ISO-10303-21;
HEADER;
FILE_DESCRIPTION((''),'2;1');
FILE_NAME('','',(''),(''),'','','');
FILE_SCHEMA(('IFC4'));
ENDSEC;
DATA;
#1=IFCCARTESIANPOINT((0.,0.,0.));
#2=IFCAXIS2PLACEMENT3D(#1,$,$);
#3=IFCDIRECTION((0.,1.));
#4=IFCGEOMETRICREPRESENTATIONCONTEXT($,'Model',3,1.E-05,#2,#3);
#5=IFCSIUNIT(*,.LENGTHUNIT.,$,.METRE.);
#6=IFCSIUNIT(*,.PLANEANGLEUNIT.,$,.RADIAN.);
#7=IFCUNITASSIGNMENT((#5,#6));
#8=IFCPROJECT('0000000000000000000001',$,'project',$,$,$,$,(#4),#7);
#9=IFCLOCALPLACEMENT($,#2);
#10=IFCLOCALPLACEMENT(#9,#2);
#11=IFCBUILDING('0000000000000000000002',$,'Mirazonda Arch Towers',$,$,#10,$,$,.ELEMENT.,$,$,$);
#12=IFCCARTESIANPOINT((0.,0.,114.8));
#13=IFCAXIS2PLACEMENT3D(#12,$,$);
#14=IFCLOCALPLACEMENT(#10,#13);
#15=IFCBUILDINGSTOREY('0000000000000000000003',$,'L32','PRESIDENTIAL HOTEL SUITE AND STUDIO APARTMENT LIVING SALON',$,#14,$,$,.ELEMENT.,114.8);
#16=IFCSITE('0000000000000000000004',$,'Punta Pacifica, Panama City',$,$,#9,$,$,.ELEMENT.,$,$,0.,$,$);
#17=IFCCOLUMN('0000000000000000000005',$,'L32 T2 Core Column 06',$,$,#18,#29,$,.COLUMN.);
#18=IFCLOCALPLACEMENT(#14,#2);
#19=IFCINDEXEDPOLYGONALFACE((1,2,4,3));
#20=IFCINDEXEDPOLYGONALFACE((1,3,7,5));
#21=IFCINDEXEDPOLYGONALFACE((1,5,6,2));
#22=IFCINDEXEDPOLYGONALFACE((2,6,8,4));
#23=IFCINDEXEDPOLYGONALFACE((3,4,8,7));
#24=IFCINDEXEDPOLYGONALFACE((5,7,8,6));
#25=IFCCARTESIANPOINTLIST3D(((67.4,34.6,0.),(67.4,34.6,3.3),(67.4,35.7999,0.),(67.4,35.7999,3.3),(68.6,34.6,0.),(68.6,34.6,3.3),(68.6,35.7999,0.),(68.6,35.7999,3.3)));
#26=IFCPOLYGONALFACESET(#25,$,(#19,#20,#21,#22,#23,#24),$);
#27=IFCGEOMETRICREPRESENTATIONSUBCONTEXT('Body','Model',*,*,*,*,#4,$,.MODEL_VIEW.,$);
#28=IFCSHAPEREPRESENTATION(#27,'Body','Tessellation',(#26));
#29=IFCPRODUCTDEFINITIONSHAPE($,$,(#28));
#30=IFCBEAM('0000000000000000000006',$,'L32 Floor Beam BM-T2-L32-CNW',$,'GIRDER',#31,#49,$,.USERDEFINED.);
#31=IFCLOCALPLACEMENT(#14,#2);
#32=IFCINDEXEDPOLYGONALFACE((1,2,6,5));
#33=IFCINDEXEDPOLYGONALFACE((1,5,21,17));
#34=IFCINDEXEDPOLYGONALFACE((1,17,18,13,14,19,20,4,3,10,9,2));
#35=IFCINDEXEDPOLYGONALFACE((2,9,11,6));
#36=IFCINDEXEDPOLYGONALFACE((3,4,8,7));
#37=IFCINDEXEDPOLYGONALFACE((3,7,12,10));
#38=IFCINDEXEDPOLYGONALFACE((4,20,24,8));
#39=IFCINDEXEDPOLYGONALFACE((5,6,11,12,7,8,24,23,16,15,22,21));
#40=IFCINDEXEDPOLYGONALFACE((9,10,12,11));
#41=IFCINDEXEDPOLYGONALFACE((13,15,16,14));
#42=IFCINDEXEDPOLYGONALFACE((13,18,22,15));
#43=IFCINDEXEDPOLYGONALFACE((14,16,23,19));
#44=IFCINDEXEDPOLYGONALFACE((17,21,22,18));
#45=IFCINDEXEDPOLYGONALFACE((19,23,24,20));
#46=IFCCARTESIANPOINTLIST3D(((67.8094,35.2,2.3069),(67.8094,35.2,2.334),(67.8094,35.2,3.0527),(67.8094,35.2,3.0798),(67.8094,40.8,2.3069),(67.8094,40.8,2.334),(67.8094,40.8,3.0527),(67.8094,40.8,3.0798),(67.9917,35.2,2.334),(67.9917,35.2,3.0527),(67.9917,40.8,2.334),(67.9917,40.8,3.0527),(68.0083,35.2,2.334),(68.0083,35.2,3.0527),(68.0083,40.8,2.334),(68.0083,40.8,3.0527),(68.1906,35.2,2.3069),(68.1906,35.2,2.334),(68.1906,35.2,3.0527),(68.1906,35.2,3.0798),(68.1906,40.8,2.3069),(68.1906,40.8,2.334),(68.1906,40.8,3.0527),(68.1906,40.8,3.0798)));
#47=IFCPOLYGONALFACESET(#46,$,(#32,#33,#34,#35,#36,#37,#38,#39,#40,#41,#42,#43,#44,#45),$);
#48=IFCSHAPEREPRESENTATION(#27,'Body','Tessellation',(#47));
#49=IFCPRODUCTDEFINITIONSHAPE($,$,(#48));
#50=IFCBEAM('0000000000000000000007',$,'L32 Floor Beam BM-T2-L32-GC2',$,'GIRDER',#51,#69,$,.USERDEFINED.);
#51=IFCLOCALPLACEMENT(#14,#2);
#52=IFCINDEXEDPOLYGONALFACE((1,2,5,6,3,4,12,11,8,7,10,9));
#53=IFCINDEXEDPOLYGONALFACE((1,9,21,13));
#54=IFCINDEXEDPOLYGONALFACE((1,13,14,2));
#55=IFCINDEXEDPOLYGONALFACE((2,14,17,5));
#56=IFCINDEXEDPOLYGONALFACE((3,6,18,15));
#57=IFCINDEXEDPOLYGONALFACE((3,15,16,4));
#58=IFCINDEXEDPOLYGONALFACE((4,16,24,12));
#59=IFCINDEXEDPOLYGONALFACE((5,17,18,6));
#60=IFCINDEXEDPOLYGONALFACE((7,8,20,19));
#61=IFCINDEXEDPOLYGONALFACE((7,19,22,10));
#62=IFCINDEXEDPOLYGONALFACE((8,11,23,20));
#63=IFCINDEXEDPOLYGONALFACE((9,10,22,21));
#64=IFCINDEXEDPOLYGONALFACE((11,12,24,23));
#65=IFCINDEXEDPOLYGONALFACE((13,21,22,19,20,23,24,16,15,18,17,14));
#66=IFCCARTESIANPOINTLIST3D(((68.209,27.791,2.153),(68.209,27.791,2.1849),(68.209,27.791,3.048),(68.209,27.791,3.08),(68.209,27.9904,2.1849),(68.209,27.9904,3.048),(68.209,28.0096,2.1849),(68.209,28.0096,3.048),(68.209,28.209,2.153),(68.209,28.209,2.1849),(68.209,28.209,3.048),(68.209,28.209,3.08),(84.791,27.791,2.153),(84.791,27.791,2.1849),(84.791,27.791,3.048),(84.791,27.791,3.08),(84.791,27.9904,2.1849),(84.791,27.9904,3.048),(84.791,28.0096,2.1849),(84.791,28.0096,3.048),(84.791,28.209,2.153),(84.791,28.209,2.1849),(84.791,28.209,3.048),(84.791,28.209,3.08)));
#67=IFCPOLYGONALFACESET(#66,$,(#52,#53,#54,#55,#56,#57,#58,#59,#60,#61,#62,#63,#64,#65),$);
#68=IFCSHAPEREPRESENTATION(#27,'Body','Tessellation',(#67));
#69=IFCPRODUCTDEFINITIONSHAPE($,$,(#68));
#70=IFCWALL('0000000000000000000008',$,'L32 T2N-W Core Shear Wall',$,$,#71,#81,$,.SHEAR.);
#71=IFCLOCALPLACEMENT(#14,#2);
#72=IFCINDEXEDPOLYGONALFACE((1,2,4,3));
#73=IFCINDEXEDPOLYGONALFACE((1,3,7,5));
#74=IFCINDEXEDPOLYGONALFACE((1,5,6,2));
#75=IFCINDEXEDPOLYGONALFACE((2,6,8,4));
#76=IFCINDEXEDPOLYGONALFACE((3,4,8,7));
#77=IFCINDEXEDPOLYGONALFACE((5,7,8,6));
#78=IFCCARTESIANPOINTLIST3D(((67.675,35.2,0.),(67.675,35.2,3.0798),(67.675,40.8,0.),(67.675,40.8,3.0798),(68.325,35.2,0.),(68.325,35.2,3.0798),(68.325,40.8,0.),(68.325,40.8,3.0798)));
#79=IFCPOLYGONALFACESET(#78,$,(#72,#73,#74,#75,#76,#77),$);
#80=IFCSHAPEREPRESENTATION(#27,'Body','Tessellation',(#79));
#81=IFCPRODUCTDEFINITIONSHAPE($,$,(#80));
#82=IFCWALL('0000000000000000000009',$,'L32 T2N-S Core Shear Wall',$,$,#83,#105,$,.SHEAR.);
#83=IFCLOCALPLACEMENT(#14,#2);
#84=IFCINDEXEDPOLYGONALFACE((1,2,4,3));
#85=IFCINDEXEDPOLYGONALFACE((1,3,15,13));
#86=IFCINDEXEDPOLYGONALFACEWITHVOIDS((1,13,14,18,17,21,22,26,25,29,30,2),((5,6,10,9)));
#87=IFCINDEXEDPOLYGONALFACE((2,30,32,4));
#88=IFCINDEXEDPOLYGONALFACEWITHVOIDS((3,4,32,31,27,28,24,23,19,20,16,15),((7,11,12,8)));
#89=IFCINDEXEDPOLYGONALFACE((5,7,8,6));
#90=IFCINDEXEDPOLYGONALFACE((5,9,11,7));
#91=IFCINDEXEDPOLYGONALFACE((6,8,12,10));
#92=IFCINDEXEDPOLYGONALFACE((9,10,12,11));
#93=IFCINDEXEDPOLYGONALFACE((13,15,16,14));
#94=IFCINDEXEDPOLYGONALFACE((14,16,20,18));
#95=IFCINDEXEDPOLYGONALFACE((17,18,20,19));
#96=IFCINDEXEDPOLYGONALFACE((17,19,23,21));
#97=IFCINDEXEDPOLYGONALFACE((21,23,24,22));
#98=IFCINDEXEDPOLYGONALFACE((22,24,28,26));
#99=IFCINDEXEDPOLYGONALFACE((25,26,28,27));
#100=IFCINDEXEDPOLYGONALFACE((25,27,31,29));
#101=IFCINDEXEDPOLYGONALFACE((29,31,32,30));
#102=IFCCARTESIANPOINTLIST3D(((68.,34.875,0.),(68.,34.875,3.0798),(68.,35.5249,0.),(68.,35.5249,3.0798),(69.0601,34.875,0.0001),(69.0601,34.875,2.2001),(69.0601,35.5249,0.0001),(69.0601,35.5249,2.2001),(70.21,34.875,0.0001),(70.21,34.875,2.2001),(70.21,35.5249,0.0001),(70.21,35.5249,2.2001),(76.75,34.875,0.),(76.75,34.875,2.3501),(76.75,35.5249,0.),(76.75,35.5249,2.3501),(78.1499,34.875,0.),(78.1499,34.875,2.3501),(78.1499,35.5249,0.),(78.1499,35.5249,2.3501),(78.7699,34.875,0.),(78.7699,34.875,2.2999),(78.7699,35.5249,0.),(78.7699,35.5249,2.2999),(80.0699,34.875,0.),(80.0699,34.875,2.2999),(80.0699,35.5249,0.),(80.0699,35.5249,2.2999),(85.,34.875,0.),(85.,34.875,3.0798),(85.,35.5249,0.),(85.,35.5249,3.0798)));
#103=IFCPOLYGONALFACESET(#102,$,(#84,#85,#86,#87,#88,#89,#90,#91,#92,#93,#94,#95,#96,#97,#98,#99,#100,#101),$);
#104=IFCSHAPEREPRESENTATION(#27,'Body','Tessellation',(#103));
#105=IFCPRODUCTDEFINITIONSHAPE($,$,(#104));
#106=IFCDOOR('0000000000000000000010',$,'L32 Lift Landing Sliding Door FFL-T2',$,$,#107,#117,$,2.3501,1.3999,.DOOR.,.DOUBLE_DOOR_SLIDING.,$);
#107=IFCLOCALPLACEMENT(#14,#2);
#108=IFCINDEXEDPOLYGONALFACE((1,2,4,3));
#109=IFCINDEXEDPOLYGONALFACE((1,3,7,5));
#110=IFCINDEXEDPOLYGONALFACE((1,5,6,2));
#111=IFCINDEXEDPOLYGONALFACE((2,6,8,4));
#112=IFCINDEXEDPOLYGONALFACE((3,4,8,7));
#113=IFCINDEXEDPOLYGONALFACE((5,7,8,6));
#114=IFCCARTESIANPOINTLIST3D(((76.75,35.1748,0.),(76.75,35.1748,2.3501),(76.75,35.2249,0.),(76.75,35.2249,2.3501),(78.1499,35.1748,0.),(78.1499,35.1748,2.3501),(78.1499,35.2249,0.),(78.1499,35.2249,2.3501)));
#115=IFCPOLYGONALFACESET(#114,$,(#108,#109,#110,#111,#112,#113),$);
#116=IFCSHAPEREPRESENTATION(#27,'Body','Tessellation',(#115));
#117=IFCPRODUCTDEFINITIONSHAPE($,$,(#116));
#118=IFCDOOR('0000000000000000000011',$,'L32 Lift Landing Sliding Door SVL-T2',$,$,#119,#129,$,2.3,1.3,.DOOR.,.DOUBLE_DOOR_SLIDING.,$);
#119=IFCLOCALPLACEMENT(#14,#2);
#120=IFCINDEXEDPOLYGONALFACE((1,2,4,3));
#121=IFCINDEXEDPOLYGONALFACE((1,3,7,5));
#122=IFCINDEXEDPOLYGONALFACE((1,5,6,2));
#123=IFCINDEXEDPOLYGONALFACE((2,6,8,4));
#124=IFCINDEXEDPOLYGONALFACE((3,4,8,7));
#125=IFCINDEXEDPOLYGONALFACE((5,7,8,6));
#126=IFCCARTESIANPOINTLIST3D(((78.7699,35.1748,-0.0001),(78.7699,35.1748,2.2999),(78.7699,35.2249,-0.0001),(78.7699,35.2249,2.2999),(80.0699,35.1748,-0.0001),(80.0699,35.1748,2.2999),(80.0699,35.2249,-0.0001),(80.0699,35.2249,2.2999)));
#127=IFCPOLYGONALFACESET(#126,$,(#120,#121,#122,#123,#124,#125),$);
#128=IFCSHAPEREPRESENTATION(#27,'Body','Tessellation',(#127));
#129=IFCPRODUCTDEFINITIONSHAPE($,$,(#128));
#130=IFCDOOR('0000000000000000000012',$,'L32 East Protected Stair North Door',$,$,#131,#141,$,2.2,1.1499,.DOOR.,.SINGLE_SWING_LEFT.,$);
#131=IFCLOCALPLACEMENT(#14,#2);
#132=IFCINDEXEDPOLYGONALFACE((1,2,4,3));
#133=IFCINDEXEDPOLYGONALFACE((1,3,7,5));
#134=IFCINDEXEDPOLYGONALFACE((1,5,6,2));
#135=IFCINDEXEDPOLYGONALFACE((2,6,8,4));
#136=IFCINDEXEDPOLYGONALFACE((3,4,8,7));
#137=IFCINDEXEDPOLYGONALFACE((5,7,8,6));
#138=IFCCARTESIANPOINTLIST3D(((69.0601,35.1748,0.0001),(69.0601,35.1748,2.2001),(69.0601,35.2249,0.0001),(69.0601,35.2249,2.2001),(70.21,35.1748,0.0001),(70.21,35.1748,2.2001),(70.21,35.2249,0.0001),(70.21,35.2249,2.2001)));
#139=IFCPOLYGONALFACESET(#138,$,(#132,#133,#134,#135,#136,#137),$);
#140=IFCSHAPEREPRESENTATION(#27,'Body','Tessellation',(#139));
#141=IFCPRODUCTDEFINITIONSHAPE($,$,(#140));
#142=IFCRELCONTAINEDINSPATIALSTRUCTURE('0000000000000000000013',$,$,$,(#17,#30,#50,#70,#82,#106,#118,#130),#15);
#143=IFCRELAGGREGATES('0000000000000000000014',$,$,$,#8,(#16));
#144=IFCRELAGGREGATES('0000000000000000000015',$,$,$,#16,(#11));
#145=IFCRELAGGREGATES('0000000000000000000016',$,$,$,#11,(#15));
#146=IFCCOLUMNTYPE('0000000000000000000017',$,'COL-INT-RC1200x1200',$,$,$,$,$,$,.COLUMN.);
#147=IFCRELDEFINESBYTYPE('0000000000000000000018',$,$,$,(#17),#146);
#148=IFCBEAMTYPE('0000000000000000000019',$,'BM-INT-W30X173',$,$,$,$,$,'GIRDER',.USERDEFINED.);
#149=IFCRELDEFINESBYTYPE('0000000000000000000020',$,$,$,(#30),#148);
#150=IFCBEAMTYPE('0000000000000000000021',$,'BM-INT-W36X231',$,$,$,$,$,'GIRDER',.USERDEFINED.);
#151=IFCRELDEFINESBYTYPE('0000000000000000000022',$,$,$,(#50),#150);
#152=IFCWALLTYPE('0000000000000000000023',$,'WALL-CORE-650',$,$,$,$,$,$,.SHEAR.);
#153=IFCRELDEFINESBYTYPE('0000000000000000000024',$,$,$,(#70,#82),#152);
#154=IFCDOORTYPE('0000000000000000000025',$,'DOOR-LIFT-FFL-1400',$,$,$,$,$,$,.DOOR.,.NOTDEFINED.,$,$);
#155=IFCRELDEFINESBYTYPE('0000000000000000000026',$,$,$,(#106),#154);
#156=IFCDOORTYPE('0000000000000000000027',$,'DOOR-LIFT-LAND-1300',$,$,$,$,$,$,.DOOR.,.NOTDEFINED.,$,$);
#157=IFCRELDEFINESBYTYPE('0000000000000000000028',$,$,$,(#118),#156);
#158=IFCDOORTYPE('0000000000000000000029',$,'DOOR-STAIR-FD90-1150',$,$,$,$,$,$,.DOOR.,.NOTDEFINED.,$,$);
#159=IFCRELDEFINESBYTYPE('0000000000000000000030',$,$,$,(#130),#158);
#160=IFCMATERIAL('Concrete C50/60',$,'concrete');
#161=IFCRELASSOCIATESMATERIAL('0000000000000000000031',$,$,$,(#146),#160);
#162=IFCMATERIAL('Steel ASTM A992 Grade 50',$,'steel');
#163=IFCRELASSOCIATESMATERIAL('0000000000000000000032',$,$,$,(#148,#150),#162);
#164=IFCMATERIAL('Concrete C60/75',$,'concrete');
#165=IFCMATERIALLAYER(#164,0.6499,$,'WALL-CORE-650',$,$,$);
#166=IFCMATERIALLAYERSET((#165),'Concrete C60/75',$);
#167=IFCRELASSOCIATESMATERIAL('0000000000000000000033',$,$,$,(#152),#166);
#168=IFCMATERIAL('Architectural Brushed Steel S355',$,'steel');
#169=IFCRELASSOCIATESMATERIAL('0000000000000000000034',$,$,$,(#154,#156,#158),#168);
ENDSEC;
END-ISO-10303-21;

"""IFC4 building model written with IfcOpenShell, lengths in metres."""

from ifc_helpers import new_model, si_unit, direction, frame, frame_2d, origin, origin_2d, place, context, subcontext, project, spatial, rectangle, i_section, extrude, material, layer, layer_set, material_profile, profile_set, type_object, element, fill, save


model = new_model("IFC4")

# Units and contexts
model_context = context("Model", 3, precision=1e-05, world=origin(), true_north=direction((0.0, 1.0)))
body_context = subcontext(model_context, "Body", "Model", "MODEL_VIEW")
ifc_project = project(units=[si_unit("LENGTHUNIT", "METRE"), si_unit("PLANEANGLEUNIT", "RADIAN")], contexts=[model_context])

# Site, building, storey
site_placement = place(None, origin())
site = spatial("IfcSite", under=ifc_project, at=site_placement, Name="Punta Pacifica, Panama City", CompositionType="ELEMENT", RefElevation=0.0)
building_placement = place(site_placement, origin())
building = spatial("IfcBuilding", under=site, at=building_placement, Name="Mirazonda Arch Towers", CompositionType="ELEMENT")
storey_placement = place(building_placement, frame((0.0, 0.0, 114.8)))
storey = spatial("IfcBuildingStorey", under=building, at=storey_placement, Name="L32", Description="PRESIDENTIAL HOTEL SUITE AND STUDIO APARTMENT LIVING SALON", CompositionType="ELEMENT", Elevation=114.8)

# Column
ifc_material_1 = material(Name="Concrete C50/60", Category="concrete")
ifc_material_profile_1 = material_profile(ifc_material_1, rectangle(XDim=1.2, YDim=1.2, at=origin_2d()), Name="RC1200x1200")
ifc_profile_set_1 = profile_set([ifc_material_profile_1], Name="Concrete C50/60")
column_type = type_object("IfcColumnType", Name="COL-INT-RC1200x1200", PredefinedType="COLUMN", material=ifc_profile_set_1)
column_placement = place(storey_placement, frame((68.0, 35.2, 0.0), z_axis=(0.0, 0.0, 1.0), x_axis=(1.0, 0.0, 0.0)))
element("IfcColumn", 1, at=column_placement, inside=storey, type_object=column_type, Name="L32 T2 Core Column 06", PredefinedType="COLUMN", context=body_context, shape_type="SweptSolid", body=[
    extrude(rectangle(XDim=1.2, YDim=1.2, at=origin_2d()), origin(), (0.0, 0.0, 1.0), 3.3),
])

# Beams
ifc_material_2 = material(Name="Steel ASTM A992 Grade 50", Category="steel")
ifc_material_profile_2 = material_profile(ifc_material_2, i_section(OverallWidth=0.3811, OverallDepth=0.7729, WebThickness=0.0166, FlangeThickness=0.0271, at=origin_2d()), Name="W30X173")
ifc_profile_set_2 = profile_set([ifc_material_profile_2], Name="Steel ASTM A992 Grade 50")
beam_type_1 = type_object("IfcBeamType", Name="BM-INT-W30X173", ElementType="GIRDER", PredefinedType="USERDEFINED", material=ifc_profile_set_2)
beam_1_placement = place(storey_placement, frame((68.0, 35.2, 2.6934), z_axis=(0.0, 1.0, 0.0), x_axis=(-1.0, 0.0, 0.0)))
element("IfcBeam", 2, at=beam_1_placement, inside=storey, type_object=beam_type_1, Name="L32 Floor Beam BM-T2-L32-CNW", ObjectType="GIRDER", PredefinedType="USERDEFINED", context=body_context, shape_type="SweptSolid", body=[
    extrude(i_section(OverallWidth=0.3811, OverallDepth=0.7729, WebThickness=0.0166, FlangeThickness=0.0271, at=origin_2d()), origin(), (0.0, 0.0, 1.0), 5.6001),
])
ifc_material_profile_3 = material_profile(ifc_material_2, i_section(OverallWidth=0.418, OverallDepth=0.927, WebThickness=0.0193, FlangeThickness=0.032, at=origin_2d()), Name="W36X231")
ifc_profile_set_3 = profile_set([ifc_material_profile_3], Name="Steel ASTM A992 Grade 50")
beam_type_2 = type_object("IfcBeamType", Name="BM-INT-W36X231", ElementType="GIRDER", PredefinedType="USERDEFINED", material=ifc_profile_set_3)
beam_2_placement = place(storey_placement, frame((68.209, 28.0, 2.6165), z_axis=(1.0, 0.0, 0.0), x_axis=(0.0, 1.0, 0.0)))
element("IfcBeam", 3, at=beam_2_placement, inside=storey, type_object=beam_type_2, Name="L32 Floor Beam BM-T2-L32-GC2", ObjectType="GIRDER", PredefinedType="USERDEFINED", context=body_context, shape_type="SweptSolid", body=[
    extrude(i_section(OverallWidth=0.418, OverallDepth=0.927, WebThickness=0.0193, FlangeThickness=0.032, at=origin_2d()), origin(), (0.0, 0.0, 1.0), 16.582),
])

# Wall
ifc_material_3 = material(Name="Concrete C60/75", Category="concrete")
ifc_layer_1 = layer(ifc_material_3, 0.6499, Name="WALL-CORE-650")
ifc_layer_set_1 = layer_set([ifc_layer_1], Name="Concrete C60/75")
wall_type_1 = type_object("IfcWallType", Name="WALL-CORE-650", PredefinedType="SHEAR", material=ifc_layer_set_1)
wall_1_placement = place(storey_placement, frame((68.0, 35.2, 0.0), z_axis=(0.0, 0.0, 1.0), x_axis=(0.0, 1.0, 0.0)))
element("IfcWall", 4, at=wall_1_placement, inside=storey, type_object=wall_type_1, Name="L32 T2N-W Core Shear Wall", PredefinedType="SHEAR", context=body_context, shape_type="SweptSolid", body=[
    extrude(rectangle(XDim=5.6001, YDim=0.6499, at=frame_2d((2.8, 0.0))), origin(), (0.0, 0.0, 1.0), 3.0798),
])

# Wall, openings, doors
wall_2_placement = place(storey_placement, frame((68.0, 35.2, 0.0), z_axis=(0.0, 0.0, 1.0), x_axis=(1.0, 0.0, 0.0)))
wall_2 = element("IfcWall", 5, at=wall_2_placement, inside=storey, type_object=wall_type_1, Name="L32 T2N-S Core Shear Wall", PredefinedType="SHEAR", context=body_context, shape_type="SweptSolid", body=[
    extrude(rectangle(XDim=17.0, YDim=0.6499, at=frame_2d((8.5, 0.0))), origin(), (0.0, 0.0, 1.0), 3.0798),
])
opening_1_placement = place(wall_2_placement, frame((1.0601, 0.0, 0.0)))
opening_1 = element("IfcOpeningElement", 6, at=opening_1_placement, cuts=wall_2, PredefinedType="OPENING", context=body_context, shape_type="SweptSolid", body=[
    extrude(rectangle(XDim=1.1499, YDim=2.2, at=frame_2d((0.575, 1.1001))), frame((0.0, 0.335, 0.0), z_axis=(0.0, -1.0, 0.0), x_axis=(1.0, 0.0, 0.0)), (0.0, 0.0, 1.0), 0.6699),
])
opening_2_placement = place(wall_2_placement, frame((8.75, 0.0, 0.0)))
opening_2 = element("IfcOpeningElement", 7, at=opening_2_placement, cuts=wall_2, PredefinedType="OPENING", context=body_context, shape_type="SweptSolid", body=[
    extrude(rectangle(XDim=1.3999, YDim=2.3501, at=frame_2d((0.7, 1.175))), frame((0.0, 0.335, 0.0), z_axis=(0.0, -1.0, 0.0), x_axis=(1.0, 0.0, 0.0)), (0.0, 0.0, 1.0), 0.6699),
])
opening_3_placement = place(wall_2_placement, frame((10.77, 0.0, 0.0)))
opening_3 = element("IfcOpeningElement", 8, at=opening_3_placement, cuts=wall_2, PredefinedType="OPENING", context=body_context, shape_type="SweptSolid", body=[
    extrude(rectangle(XDim=1.3, YDim=2.3, at=frame_2d((0.6499, 1.1499))), frame((0.0, 0.335, 0.0), z_axis=(0.0, -1.0, 0.0), x_axis=(1.0, 0.0, 0.0)), (0.0, 0.0, 1.0), 0.6699),
])
ifc_material_4 = material(Name="Architectural Brushed Steel S355", Category="steel")
door_type_1 = type_object("IfcDoorType", Name="DOOR-LIFT-FFL-1400", OperationType="NOTDEFINED", PredefinedType="DOOR", material=ifc_material_4)
door_1_placement = place(opening_2_placement, origin())
door_1 = element("IfcDoor", 9, at=door_1_placement, inside=storey, type_object=door_type_1, Name="L32 Lift Landing Sliding Door FFL-T2", OperationType="DOUBLE_DOOR_SLIDING", OverallHeight=2.3501, OverallWidth=1.3999, PredefinedType="DOOR", context=body_context, shape_type="SweptSolid", body=[
    extrude(rectangle(XDim=1.3999, YDim=2.3501, at=frame_2d((0.7, 1.175))), frame((0.0, 0.0249, 0.0), z_axis=(0.0, -1.0, 0.0), x_axis=(1.0, 0.0, 0.0)), (0.0, 0.0, 1.0), 0.05),
])
fill(opening_2, door_1)
door_type_2 = type_object("IfcDoorType", Name="DOOR-LIFT-LAND-1300", OperationType="NOTDEFINED", PredefinedType="DOOR", material=ifc_material_4)
door_2_placement = place(opening_3_placement, origin())
door_2 = element("IfcDoor", 10, at=door_2_placement, inside=storey, type_object=door_type_2, Name="L32 Lift Landing Sliding Door SVL-T2", OperationType="DOUBLE_DOOR_SLIDING", OverallHeight=2.3, OverallWidth=1.3, PredefinedType="DOOR", context=body_context, shape_type="SweptSolid", body=[
    extrude(rectangle(XDim=1.3, YDim=2.3, at=frame_2d((0.6499, 1.1499))), frame((0.0, 0.0249, 0.0), z_axis=(0.0, -1.0, 0.0), x_axis=(1.0, 0.0, 0.0)), (0.0, 0.0, 1.0), 0.05),
])
fill(opening_3, door_2)
door_type_3 = type_object("IfcDoorType", Name="DOOR-STAIR-FD90-1150", OperationType="NOTDEFINED", PredefinedType="DOOR", material=ifc_material_4)
door_3_placement = place(opening_1_placement, origin())
door_3 = element("IfcDoor", 11, at=door_3_placement, inside=storey, type_object=door_type_3, Name="L32 East Protected Stair North Door", OperationType="SINGLE_SWING_LEFT", OverallHeight=2.2, OverallWidth=1.1499, PredefinedType="DOOR", context=body_context, shape_type="SweptSolid", body=[
    extrude(rectangle(XDim=1.1499, YDim=2.2, at=frame_2d((0.575, 1.1001))), frame((0.0, 0.0249, 0.0), z_axis=(0.0, -1.0, 0.0), x_axis=(1.0, 0.0, 0.0)), (0.0, 0.0, 1.0), 0.05),
])
fill(opening_1, door_3)

save(model, "model.ifc")
